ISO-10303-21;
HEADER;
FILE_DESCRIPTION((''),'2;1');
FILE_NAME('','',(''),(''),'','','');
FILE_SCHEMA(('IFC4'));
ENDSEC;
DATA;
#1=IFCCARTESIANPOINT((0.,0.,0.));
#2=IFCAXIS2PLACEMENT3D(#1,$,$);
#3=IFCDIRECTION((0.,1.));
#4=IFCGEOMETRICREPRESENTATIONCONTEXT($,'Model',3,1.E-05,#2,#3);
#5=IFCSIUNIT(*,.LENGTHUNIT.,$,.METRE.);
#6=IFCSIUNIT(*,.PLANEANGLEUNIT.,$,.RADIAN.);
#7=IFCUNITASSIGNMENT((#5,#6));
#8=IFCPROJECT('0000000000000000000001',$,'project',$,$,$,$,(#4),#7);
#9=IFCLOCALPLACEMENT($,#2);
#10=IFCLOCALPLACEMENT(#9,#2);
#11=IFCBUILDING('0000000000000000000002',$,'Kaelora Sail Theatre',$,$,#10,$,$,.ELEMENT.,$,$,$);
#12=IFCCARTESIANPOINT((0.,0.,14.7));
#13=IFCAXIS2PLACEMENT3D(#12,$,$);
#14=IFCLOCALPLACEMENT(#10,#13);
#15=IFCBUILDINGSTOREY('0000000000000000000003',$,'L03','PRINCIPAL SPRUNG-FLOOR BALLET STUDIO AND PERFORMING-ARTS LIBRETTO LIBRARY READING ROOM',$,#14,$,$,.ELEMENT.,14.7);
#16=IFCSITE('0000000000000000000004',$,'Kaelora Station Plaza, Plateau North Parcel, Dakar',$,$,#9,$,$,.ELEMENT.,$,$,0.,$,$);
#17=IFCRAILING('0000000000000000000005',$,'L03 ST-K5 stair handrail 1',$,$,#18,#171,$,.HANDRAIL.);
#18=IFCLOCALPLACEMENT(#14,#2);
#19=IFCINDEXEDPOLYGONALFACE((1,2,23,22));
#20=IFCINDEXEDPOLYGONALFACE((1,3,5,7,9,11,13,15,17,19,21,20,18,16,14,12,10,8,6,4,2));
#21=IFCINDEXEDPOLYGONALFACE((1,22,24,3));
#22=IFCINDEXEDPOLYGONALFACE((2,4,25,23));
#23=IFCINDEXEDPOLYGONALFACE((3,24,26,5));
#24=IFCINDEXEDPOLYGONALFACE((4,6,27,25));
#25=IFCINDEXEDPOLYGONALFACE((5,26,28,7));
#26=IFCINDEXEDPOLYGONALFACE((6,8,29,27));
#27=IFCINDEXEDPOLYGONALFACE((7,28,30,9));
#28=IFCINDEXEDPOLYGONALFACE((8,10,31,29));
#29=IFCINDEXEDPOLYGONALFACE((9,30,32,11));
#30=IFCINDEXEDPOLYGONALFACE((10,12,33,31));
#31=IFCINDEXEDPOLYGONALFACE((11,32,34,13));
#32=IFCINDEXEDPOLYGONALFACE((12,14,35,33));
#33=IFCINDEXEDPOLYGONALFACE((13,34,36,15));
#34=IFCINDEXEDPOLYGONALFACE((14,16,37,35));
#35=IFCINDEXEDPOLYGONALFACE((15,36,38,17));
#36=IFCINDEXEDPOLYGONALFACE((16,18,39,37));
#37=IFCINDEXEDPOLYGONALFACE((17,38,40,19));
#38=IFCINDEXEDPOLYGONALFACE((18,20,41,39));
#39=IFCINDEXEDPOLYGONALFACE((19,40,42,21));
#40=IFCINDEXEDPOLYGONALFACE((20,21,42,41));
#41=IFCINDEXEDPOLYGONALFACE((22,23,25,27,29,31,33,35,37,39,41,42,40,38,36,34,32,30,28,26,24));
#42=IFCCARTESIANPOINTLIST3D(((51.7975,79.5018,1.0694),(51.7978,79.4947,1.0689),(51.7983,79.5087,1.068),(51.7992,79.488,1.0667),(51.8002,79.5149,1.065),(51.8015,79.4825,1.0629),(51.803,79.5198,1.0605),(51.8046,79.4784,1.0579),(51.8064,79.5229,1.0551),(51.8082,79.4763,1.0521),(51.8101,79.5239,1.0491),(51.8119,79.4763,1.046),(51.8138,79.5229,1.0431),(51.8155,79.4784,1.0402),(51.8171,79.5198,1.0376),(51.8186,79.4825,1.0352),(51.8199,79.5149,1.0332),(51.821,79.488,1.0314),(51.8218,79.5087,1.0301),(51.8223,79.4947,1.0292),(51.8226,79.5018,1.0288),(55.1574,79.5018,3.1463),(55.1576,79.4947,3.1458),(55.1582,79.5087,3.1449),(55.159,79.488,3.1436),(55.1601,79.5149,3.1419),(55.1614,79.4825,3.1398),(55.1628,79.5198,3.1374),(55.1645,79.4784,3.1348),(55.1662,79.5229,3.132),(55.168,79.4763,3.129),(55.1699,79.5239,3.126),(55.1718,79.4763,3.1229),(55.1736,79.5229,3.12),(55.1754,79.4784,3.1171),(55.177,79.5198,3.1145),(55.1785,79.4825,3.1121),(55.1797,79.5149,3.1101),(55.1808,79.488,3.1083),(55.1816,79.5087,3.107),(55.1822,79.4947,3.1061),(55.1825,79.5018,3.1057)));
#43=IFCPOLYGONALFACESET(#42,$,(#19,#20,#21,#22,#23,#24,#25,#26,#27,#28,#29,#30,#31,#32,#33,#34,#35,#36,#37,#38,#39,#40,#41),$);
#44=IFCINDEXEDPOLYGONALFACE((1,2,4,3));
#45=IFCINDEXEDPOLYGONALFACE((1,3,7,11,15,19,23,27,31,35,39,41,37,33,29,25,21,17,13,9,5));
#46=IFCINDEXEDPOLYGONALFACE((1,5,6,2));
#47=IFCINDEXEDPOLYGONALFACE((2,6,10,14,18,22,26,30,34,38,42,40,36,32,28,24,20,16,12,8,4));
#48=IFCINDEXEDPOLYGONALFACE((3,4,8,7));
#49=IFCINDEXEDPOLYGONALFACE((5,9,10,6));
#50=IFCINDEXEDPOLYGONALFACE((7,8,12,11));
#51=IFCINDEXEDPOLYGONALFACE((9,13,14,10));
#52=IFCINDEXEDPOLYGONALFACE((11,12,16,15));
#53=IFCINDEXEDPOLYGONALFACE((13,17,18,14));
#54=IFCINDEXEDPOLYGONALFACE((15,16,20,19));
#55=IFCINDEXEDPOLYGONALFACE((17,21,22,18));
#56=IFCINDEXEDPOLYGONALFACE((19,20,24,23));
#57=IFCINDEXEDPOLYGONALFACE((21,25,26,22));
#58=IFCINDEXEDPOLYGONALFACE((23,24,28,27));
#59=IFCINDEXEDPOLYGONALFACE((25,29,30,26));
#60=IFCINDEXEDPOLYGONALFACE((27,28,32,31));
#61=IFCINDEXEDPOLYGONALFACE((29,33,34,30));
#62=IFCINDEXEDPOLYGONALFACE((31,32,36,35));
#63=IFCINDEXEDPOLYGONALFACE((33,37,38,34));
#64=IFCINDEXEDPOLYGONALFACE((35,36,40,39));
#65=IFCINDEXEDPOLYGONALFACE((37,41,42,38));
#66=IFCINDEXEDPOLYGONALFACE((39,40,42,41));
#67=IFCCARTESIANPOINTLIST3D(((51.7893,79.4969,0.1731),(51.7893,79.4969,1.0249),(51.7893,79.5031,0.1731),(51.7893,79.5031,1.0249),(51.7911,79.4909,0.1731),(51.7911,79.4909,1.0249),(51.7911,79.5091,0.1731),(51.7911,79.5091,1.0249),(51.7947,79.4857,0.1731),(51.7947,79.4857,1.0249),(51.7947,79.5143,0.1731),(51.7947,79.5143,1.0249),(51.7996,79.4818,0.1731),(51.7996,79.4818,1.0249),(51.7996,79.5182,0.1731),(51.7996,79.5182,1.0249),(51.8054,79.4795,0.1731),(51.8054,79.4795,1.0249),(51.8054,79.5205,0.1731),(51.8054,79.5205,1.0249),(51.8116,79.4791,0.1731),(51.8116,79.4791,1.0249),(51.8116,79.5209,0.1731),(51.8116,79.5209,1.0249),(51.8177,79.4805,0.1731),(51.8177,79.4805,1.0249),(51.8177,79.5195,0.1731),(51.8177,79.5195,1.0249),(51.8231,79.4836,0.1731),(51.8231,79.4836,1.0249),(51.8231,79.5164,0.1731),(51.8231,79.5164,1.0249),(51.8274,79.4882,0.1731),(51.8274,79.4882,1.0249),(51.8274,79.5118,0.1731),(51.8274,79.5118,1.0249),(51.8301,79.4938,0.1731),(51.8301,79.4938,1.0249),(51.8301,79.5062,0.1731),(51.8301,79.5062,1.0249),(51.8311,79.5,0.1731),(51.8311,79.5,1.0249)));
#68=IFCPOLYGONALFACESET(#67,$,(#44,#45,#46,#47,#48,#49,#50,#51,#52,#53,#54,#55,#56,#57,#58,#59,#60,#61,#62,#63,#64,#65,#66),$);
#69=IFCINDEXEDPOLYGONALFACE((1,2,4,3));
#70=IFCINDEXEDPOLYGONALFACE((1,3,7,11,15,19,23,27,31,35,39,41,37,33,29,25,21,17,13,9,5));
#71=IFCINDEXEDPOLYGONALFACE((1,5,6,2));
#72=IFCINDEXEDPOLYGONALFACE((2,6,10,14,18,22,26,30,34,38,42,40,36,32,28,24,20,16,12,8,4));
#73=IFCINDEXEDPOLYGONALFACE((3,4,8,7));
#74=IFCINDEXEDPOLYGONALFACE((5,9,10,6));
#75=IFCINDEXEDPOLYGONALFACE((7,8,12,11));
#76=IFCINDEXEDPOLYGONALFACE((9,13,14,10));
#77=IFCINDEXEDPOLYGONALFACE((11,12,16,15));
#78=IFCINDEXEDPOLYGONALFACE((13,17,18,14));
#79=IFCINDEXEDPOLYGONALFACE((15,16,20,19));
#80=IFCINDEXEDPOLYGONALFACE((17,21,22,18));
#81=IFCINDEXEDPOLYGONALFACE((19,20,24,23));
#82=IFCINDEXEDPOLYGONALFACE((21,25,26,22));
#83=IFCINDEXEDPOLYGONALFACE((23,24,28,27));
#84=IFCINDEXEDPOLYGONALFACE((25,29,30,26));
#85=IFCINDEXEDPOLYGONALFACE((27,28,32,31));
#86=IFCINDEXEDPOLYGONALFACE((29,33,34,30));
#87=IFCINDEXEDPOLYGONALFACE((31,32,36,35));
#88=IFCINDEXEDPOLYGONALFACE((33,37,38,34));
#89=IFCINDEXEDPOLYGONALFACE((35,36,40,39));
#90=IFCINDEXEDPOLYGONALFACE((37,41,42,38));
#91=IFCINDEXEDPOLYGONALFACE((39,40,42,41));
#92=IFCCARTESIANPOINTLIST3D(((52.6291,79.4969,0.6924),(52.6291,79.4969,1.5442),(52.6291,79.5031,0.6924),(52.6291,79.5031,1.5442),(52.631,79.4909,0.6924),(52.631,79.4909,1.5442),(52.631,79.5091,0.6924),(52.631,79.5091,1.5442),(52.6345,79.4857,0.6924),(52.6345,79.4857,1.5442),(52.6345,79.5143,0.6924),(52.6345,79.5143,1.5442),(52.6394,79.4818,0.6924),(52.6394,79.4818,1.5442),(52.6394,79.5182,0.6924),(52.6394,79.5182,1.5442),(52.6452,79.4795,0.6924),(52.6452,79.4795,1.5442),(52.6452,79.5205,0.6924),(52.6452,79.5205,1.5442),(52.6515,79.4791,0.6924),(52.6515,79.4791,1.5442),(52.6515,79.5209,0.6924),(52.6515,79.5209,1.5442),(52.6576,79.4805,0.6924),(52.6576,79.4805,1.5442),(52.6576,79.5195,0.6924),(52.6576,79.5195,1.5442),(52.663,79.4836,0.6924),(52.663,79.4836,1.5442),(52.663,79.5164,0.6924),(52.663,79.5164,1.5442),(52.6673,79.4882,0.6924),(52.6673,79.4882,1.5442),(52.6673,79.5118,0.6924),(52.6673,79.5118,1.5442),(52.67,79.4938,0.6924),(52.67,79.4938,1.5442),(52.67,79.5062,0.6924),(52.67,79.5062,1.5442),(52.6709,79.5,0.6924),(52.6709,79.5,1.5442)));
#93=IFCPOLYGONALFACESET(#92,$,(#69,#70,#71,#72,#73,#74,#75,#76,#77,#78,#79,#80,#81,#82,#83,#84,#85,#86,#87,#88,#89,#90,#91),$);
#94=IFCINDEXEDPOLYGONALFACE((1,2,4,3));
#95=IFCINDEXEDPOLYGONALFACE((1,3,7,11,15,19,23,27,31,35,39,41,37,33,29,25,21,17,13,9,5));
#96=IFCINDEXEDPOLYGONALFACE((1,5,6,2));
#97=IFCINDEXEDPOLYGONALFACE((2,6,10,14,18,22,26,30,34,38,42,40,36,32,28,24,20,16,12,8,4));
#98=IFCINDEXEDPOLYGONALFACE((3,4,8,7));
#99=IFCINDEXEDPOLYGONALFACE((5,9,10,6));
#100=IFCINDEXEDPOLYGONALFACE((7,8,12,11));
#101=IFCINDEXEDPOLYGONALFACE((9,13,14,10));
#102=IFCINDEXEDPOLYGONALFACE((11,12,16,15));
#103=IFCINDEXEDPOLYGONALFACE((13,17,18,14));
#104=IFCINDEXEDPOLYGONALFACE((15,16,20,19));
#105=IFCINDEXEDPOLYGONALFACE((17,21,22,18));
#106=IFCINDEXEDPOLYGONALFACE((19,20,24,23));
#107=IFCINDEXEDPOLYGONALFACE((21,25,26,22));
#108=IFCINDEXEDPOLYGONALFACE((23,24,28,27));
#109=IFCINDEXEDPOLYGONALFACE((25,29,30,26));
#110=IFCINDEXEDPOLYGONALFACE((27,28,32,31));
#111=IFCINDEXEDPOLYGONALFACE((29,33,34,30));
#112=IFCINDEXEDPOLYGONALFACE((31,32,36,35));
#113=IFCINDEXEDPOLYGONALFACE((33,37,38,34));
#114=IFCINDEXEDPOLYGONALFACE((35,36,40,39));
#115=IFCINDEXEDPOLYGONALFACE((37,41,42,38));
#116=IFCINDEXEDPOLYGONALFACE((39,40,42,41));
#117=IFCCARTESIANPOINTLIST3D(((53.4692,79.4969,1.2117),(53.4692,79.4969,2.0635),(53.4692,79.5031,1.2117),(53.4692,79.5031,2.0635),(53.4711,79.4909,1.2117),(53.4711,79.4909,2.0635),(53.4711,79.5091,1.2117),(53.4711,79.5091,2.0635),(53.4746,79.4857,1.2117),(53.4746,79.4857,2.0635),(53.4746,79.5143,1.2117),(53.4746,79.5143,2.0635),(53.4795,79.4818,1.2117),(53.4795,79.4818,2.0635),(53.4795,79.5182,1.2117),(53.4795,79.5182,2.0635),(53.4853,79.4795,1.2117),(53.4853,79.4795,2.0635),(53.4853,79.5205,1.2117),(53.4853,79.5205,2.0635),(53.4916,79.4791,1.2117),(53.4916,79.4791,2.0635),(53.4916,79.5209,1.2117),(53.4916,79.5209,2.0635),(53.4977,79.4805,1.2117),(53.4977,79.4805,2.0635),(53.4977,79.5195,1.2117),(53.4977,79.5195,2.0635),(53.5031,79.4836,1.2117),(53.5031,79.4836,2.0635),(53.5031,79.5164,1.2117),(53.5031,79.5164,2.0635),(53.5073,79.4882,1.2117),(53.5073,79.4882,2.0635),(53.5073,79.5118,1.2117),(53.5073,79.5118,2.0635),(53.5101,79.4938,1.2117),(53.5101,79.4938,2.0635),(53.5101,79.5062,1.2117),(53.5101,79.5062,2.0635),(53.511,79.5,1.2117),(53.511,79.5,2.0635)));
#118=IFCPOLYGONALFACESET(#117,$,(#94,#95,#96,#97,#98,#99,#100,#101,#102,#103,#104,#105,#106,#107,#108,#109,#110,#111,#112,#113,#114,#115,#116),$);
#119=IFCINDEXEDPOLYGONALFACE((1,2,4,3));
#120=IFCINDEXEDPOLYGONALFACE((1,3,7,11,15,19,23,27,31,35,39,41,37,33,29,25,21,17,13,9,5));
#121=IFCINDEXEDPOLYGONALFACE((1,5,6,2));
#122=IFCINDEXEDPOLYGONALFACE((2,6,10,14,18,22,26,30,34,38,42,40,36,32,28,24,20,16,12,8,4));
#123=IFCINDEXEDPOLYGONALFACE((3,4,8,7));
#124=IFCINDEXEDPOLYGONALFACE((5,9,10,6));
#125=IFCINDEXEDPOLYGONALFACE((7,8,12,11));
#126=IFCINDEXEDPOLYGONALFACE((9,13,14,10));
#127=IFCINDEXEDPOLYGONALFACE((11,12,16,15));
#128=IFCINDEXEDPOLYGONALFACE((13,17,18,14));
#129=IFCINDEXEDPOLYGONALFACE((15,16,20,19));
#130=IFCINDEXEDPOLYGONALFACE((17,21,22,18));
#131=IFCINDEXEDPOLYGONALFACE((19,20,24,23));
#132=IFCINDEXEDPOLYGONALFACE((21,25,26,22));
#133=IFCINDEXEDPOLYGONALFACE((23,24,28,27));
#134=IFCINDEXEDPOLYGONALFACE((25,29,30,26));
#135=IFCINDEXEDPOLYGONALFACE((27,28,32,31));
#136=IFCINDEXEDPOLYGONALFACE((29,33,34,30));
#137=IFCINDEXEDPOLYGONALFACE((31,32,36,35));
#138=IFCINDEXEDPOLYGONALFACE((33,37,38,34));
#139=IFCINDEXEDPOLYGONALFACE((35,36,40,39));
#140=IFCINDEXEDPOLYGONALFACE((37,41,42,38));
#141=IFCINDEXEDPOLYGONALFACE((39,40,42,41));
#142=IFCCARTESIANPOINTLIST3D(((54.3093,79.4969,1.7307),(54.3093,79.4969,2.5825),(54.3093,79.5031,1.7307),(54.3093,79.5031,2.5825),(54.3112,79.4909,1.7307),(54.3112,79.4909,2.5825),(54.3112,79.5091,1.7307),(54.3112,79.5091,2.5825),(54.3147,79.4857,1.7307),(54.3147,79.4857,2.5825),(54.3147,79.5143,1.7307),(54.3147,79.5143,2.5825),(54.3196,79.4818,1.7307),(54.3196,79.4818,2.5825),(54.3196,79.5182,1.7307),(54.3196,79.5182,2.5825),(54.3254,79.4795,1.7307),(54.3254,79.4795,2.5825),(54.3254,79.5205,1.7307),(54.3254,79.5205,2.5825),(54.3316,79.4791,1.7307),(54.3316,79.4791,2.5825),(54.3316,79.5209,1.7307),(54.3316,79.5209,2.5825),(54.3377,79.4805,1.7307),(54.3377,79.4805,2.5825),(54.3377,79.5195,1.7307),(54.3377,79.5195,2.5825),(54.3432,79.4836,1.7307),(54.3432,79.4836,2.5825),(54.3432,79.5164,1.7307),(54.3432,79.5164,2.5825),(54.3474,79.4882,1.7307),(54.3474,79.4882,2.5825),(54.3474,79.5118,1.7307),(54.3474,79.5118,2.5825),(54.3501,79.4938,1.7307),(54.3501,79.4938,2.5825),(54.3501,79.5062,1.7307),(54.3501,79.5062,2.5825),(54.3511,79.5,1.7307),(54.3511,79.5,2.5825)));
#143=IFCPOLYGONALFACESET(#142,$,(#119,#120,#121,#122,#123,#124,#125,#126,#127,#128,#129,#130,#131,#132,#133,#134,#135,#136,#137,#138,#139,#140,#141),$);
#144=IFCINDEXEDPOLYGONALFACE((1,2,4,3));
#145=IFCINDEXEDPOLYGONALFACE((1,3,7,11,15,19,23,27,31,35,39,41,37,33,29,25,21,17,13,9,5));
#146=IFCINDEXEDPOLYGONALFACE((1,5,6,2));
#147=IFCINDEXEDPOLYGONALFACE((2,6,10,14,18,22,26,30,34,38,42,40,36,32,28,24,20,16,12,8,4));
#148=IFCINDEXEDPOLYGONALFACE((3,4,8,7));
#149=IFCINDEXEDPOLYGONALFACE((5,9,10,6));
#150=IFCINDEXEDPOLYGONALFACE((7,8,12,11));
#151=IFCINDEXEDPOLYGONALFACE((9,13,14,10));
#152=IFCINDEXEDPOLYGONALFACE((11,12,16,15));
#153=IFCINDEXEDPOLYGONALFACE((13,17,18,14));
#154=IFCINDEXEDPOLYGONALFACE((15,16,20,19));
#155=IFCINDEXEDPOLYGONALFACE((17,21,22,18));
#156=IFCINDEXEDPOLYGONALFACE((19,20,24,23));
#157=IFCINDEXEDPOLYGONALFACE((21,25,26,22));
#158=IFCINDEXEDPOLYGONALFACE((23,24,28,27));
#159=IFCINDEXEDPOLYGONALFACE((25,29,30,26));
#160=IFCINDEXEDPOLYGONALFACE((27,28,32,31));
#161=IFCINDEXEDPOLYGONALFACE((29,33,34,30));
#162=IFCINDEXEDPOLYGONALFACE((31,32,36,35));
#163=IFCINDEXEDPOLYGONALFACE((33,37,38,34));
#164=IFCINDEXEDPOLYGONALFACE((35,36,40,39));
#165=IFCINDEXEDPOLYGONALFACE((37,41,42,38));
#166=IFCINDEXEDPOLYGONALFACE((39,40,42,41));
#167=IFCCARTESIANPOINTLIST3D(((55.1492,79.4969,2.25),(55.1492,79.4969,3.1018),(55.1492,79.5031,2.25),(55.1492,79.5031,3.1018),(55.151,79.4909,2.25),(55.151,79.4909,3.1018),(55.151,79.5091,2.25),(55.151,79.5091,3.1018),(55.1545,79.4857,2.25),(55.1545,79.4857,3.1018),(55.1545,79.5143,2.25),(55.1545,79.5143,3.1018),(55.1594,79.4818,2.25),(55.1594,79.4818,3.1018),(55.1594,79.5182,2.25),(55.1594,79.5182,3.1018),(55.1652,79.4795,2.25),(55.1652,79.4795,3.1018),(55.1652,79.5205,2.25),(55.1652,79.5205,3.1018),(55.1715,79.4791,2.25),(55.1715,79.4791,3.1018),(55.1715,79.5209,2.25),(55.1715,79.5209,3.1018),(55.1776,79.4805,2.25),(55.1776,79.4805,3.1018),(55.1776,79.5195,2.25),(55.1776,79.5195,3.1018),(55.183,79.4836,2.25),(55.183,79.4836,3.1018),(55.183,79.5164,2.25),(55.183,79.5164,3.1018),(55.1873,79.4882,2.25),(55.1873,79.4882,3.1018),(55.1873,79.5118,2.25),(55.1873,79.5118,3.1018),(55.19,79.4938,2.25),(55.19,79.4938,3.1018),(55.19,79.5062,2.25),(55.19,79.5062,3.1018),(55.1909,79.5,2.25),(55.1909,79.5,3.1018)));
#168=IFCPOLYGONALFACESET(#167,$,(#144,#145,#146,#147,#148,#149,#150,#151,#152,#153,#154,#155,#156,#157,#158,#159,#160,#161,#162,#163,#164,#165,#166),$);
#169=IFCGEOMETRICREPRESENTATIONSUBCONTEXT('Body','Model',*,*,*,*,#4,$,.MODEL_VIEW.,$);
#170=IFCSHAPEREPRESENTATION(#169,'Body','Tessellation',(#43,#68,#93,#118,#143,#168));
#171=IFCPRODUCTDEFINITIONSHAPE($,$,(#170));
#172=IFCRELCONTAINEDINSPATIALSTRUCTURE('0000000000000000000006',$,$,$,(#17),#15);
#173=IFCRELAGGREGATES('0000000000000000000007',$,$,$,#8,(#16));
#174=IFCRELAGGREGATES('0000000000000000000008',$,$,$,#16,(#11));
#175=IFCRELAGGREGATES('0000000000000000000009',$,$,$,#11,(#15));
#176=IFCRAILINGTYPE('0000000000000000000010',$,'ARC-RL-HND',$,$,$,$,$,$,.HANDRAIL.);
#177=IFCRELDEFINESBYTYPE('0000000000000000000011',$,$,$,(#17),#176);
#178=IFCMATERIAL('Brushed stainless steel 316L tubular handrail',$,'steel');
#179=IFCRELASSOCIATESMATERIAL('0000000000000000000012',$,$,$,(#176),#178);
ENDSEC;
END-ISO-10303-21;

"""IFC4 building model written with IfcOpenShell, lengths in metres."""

from ifc_helpers import new_model, si_unit, direction, frame, origin, origin_2d, place, context, subcontext, project, spatial, circle, extrude, material, type_object, element, save


model = new_model("IFC4")

# Units and contexts
model_context = context("Model", 3, precision=1e-05, world=origin(), true_north=direction((0.0, 1.0)))
body_context = subcontext(model_context, "Body", "Model", "MODEL_VIEW")
ifc_project = project(units=[si_unit("LENGTHUNIT", "METRE"), si_unit("PLANEANGLEUNIT", "RADIAN")], contexts=[model_context])

# Site, building, storey
site_placement = place(None, origin())
site = spatial("IfcSite", under=ifc_project, at=site_placement, Name="Kaelora Station Plaza, Plateau North Parcel, Dakar", CompositionType="ELEMENT", RefElevation=0.0)
building_placement = place(site_placement, origin())
building = spatial("IfcBuilding", under=site, at=building_placement, Name="Kaelora Sail Theatre", CompositionType="ELEMENT")
storey_placement = place(building_placement, frame((0.0, 0.0, 14.7)))
storey = spatial("IfcBuildingStorey", under=building, at=storey_placement, Name="L03", Description="PRINCIPAL SPRUNG-FLOOR BALLET STUDIO AND PERFORMING-ARTS LIBRETTO LIBRARY READING ROOM", CompositionType="ELEMENT", Elevation=14.7)

# Railing
ifc_material_1 = material(Name="Brushed stainless steel 316L tubular handrail", Category="steel")
railing_type_1 = type_object("IfcRailingType", Name="ARC-RL-HND", PredefinedType="HANDRAIL", material=ifc_material_1)
railing_1_placement = place(storey_placement, frame((51.8101, 79.5, 0.1731)))
element("IfcRailing", 1, at=railing_1_placement, inside=storey, type_object=railing_type_1, Name="L03 ST-K5 stair handrail 1", PredefinedType="HANDRAIL", context=body_context, shape_type="SweptSolid", body=[
    extrude(circle(Radius=0.0239, at=origin_2d()), frame((0.0, 0.0, 0.876), z_axis=(0.850606, 0.0, 0.525803), x_axis=(0.0, 1.0, 0.0)), (0.0, 0.0, 1.0), 3.95),
    extrude(circle(Radius=0.021, at=origin_2d()), origin(), (0.0, 0.0, 1.0), 0.8518),
    extrude(circle(Radius=0.021, at=origin_2d()), frame((0.8398, 0.0, 0.5193)), (0.0, 0.0, 1.0), 0.8518),
    extrude(circle(Radius=0.021, at=origin_2d()), frame((1.6799, 0.0, 1.0386)), (0.0, 0.0, 1.0), 0.8518),
    extrude(circle(Radius=0.021, at=origin_2d()), frame((2.52, 0.0, 1.5576)), (0.0, 0.0, 1.0), 0.8518),
    extrude(circle(Radius=0.021, at=origin_2d()), frame((3.3599, 0.0, 2.0769)), (0.0, 0.0, 1.0), 0.8518),
])

save(model, "model.ifc")
